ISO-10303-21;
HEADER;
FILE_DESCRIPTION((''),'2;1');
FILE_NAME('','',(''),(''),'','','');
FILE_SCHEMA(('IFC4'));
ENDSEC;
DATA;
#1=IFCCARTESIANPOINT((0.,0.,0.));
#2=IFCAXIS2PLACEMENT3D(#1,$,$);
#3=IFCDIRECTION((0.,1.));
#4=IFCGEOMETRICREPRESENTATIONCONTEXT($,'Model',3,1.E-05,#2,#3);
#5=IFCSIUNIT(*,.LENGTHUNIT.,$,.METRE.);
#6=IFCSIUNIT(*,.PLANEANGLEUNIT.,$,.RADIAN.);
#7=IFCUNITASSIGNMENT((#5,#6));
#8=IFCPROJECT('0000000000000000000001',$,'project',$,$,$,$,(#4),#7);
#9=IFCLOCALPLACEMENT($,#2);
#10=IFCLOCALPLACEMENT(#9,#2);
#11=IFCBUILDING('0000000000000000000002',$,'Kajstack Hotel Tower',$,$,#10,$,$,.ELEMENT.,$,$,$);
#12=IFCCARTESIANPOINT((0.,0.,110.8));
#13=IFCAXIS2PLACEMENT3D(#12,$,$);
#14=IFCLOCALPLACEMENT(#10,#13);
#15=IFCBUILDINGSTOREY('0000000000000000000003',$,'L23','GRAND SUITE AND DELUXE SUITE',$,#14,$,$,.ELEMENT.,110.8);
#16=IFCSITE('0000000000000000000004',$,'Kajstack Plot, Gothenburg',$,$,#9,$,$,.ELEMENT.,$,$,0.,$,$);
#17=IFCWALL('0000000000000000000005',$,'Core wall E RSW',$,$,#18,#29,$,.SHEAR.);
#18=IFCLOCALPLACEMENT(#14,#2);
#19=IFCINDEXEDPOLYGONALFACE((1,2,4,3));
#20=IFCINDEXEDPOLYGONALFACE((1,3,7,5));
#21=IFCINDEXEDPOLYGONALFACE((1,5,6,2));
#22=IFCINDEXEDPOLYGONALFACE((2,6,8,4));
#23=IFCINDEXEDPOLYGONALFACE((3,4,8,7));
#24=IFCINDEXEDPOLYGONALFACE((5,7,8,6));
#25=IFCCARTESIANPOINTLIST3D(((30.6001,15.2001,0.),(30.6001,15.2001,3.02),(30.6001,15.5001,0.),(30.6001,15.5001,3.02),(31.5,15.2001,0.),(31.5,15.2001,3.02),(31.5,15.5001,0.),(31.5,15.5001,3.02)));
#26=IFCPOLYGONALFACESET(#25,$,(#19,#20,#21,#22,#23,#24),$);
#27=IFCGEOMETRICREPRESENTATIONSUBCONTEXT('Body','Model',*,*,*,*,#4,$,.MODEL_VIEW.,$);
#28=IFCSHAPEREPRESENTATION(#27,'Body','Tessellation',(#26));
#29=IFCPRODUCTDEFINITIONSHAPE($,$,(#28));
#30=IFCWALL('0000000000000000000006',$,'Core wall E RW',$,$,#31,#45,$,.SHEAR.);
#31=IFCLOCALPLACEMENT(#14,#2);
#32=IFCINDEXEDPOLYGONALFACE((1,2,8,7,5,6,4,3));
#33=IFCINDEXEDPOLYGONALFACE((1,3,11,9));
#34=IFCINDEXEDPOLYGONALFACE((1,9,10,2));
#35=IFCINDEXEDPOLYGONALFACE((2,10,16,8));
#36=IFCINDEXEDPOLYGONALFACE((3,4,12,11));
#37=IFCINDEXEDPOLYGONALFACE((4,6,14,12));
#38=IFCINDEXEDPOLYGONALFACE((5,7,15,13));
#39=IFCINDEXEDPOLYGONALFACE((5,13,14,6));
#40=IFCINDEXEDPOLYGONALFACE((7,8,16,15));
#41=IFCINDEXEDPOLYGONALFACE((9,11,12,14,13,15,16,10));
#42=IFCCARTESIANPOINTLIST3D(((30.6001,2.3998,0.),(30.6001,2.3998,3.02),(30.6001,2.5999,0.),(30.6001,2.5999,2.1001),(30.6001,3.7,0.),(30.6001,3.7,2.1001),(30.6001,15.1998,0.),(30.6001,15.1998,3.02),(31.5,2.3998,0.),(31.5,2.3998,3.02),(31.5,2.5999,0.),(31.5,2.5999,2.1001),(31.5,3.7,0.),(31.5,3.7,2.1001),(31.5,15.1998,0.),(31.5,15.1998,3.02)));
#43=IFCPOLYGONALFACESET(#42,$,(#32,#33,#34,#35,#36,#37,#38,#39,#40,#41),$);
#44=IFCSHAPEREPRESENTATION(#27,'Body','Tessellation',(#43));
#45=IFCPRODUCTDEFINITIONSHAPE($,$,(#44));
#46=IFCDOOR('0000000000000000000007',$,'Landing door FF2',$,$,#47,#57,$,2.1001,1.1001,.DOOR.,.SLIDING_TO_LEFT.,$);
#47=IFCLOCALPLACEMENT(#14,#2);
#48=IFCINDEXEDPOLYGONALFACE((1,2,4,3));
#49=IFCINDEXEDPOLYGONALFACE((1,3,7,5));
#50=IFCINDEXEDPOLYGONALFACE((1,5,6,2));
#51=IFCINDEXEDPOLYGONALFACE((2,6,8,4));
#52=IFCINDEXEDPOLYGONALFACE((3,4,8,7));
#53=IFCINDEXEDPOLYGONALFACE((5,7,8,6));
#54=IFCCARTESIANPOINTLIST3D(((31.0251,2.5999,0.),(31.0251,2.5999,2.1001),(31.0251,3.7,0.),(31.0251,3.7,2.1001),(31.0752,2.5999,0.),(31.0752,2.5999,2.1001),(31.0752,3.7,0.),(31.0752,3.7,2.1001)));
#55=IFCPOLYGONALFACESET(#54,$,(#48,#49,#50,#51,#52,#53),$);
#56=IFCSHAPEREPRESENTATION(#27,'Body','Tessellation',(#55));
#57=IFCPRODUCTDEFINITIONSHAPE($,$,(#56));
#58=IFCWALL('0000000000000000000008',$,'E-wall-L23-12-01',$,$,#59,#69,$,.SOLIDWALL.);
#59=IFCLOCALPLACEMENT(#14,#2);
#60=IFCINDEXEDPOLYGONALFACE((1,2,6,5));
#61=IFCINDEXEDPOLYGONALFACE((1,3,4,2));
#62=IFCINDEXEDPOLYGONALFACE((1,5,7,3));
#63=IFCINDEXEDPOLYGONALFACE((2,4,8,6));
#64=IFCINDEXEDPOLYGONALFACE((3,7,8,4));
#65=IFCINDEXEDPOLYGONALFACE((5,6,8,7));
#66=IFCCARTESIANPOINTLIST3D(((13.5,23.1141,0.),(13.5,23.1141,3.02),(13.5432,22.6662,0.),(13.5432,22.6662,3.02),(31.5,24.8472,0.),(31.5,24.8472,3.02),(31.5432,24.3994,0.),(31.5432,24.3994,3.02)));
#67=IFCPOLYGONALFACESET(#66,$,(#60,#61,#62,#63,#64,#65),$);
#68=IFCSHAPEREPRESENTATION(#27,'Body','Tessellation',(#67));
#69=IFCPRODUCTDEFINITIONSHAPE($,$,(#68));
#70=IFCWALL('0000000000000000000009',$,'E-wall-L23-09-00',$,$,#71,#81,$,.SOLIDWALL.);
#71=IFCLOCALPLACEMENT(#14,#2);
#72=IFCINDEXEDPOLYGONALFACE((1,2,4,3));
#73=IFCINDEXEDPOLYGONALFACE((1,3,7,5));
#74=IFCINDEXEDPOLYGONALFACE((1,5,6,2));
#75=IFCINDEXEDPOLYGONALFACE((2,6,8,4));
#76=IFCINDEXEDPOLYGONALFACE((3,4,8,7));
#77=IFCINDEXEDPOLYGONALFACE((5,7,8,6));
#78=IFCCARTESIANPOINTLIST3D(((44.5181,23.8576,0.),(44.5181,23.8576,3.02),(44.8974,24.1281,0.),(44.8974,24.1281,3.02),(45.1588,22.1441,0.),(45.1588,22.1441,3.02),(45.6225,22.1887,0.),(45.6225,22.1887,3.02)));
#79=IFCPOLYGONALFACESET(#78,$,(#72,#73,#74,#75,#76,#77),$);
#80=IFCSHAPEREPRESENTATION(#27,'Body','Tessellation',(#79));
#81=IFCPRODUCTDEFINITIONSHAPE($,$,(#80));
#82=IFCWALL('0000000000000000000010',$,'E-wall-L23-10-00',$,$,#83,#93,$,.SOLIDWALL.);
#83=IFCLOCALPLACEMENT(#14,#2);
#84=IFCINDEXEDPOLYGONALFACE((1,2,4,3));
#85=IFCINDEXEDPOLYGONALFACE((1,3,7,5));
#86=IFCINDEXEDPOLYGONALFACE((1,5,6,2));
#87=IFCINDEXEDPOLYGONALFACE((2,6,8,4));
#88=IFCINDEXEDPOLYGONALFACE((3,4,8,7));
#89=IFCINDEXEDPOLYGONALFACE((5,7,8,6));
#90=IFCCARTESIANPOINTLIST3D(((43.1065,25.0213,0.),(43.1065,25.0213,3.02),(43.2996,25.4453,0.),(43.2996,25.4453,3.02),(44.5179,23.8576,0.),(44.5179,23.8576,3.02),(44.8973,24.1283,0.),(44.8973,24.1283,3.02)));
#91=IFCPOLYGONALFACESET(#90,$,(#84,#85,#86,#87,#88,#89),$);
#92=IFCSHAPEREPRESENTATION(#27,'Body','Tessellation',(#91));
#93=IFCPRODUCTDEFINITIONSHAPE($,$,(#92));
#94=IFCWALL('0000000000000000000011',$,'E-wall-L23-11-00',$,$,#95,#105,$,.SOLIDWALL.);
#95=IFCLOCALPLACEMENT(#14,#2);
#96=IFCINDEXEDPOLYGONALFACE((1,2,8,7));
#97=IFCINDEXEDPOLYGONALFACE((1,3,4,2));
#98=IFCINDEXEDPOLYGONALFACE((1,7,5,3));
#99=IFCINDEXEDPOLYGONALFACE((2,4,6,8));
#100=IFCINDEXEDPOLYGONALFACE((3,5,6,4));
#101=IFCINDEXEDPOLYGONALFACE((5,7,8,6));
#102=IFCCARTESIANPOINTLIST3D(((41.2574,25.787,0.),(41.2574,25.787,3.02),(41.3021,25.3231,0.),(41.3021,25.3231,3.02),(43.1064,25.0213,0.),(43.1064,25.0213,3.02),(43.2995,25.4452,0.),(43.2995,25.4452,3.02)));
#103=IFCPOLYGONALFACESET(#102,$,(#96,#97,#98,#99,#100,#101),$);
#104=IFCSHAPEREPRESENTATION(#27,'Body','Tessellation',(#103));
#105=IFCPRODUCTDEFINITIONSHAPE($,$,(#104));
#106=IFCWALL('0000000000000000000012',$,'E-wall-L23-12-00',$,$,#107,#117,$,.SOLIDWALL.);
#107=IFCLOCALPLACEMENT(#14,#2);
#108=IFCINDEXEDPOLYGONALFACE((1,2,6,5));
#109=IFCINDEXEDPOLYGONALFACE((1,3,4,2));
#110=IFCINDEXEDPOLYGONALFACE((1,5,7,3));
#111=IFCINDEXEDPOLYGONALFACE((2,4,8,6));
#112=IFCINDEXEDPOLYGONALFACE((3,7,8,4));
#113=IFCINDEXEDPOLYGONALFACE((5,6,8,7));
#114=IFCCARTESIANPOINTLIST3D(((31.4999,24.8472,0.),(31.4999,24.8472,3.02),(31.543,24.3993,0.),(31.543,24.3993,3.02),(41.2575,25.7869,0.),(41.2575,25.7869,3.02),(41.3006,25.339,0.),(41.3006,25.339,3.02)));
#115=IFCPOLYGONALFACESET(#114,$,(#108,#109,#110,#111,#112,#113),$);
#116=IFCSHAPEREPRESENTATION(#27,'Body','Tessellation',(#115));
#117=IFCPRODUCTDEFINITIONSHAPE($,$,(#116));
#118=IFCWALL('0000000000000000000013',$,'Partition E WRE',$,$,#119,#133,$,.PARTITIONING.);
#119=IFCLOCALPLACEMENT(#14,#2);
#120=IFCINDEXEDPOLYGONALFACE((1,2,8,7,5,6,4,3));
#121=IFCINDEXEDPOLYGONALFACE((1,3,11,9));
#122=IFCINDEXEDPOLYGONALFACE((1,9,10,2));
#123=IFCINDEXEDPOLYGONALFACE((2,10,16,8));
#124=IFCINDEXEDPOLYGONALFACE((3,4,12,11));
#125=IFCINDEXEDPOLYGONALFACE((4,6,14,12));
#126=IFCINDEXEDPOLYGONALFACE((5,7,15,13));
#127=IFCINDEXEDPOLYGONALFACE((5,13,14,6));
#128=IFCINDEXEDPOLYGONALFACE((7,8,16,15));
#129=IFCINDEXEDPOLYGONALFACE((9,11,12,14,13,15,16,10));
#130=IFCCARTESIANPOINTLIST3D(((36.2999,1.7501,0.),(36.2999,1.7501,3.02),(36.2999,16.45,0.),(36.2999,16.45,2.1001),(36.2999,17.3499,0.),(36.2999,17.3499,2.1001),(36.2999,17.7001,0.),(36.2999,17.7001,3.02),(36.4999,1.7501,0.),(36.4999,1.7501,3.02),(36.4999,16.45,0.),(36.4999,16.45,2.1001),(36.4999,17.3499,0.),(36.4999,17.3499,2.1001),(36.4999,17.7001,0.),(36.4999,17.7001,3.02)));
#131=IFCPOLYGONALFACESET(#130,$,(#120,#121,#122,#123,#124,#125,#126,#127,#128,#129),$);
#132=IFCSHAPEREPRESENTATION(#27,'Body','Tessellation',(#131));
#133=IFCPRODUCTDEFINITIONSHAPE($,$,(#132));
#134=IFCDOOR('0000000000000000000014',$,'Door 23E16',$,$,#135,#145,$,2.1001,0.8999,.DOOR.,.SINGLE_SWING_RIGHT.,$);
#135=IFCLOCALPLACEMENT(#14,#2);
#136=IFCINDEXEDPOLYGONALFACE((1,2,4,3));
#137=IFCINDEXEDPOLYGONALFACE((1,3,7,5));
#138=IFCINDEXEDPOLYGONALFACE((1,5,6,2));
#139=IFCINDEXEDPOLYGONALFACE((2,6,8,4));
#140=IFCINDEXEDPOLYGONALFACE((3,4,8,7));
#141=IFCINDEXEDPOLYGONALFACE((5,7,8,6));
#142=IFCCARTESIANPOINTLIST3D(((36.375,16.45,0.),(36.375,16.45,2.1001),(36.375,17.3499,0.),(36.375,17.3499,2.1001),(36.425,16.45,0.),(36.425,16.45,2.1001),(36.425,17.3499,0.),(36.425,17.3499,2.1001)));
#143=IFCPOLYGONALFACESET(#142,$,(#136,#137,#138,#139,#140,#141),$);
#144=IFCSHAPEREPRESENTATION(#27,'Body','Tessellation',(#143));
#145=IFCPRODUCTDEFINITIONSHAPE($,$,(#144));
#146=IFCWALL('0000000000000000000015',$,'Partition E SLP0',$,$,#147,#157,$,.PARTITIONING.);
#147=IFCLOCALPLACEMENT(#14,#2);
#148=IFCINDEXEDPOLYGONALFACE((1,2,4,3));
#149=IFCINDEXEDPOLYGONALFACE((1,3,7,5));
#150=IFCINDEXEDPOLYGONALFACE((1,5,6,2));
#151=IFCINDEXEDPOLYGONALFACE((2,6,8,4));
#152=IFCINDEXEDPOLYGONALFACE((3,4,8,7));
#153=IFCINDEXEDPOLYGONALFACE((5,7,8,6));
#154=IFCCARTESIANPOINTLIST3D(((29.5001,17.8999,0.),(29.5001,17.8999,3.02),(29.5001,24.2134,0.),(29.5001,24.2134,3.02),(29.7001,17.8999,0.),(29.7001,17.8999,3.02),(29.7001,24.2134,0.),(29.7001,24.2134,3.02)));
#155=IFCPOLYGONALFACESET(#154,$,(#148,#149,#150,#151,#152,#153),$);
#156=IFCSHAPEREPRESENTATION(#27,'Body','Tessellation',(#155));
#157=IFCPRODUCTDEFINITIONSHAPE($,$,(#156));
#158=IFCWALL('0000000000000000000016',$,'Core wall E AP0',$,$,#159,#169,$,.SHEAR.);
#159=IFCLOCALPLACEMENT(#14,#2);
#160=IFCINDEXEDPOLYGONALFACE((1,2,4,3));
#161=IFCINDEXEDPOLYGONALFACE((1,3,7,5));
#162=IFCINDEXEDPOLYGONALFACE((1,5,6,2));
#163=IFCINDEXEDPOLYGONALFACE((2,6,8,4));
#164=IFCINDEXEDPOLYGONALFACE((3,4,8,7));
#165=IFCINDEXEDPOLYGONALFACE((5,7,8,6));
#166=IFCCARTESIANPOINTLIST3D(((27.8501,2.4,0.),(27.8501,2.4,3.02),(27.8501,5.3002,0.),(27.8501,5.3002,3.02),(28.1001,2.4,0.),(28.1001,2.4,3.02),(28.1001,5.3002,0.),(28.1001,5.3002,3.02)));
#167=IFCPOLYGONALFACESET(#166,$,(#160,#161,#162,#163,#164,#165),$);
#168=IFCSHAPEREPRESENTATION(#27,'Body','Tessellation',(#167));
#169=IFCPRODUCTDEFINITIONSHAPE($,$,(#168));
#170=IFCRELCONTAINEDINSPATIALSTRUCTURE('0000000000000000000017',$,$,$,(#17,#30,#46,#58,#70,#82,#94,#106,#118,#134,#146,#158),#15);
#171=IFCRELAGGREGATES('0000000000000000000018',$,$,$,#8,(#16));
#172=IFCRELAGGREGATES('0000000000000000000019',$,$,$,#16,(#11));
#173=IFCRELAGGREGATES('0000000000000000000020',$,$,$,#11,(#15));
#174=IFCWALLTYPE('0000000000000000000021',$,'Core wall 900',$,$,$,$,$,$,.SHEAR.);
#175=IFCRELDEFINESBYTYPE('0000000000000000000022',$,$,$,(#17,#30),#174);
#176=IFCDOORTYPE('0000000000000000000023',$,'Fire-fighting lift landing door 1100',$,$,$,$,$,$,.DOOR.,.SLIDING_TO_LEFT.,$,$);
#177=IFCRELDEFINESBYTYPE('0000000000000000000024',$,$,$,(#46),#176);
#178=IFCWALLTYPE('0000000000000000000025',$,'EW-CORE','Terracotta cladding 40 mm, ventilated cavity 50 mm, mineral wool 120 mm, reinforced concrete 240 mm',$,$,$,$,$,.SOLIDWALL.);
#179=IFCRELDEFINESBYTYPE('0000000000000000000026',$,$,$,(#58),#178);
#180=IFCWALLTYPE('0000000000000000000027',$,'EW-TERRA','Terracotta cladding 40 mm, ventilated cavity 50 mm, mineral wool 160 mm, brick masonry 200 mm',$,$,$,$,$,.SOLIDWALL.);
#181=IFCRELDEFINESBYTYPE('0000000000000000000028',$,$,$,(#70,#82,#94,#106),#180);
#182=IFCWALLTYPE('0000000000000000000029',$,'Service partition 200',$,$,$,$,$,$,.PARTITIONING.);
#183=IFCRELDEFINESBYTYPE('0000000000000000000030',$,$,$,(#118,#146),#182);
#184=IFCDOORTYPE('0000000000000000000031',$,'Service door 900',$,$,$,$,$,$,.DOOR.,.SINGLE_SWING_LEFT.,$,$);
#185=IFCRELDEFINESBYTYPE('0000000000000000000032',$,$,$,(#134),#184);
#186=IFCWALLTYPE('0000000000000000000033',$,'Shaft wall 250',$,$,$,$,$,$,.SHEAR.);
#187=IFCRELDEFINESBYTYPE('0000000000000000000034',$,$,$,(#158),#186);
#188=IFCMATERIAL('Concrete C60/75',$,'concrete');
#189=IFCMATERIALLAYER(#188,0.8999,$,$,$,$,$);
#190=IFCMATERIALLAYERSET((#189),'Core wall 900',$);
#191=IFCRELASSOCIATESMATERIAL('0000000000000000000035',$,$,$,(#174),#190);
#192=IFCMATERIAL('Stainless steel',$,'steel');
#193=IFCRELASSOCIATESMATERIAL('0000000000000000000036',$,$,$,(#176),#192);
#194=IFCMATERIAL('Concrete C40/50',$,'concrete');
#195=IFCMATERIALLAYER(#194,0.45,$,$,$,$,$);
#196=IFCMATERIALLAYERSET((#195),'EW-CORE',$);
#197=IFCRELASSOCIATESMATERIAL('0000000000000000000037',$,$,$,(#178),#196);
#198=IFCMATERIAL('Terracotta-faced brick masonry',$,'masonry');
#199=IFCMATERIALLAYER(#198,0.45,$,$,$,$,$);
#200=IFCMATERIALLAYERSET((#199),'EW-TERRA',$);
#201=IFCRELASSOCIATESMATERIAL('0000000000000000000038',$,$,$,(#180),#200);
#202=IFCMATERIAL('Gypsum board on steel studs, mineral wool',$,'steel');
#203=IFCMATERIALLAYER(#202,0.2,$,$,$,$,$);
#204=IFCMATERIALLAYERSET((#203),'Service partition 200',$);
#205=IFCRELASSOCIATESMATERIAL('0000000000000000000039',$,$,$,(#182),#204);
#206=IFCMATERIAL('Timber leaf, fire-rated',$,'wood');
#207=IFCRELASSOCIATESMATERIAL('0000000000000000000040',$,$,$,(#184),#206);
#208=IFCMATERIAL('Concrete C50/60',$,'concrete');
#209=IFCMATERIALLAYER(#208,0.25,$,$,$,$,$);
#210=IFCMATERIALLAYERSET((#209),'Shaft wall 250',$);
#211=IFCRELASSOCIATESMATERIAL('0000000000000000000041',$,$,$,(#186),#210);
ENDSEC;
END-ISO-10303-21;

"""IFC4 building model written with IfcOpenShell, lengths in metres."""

from ifc_helpers import new_model, si_unit, direction, frame, frame_2d, origin, place, context, subcontext, project, spatial, polyline, rectangle, outline, extrude, material, layer, layer_set, type_object, element, fill, save


model = new_model("IFC4")

# Units and contexts
model_context = context("Model", 3, precision=1e-05, world=origin(), true_north=direction((0.0, 1.0)))
body_context = subcontext(model_context, "Body", "Model", "MODEL_VIEW")
ifc_project = project(units=[si_unit("LENGTHUNIT", "METRE"), si_unit("PLANEANGLEUNIT", "RADIAN")], contexts=[model_context])

# Site, building, storey
site_placement = place(None, origin())
site = spatial("IfcSite", under=ifc_project, at=site_placement, Name="Kajstack Plot, Gothenburg", CompositionType="ELEMENT", RefElevation=0.0)
building_placement = place(site_placement, origin())
building = spatial("IfcBuilding", under=site, at=building_placement, Name="Kajstack Hotel Tower", CompositionType="ELEMENT")
storey_placement = place(building_placement, frame((0.0, 0.0, 110.8)))
storey = spatial("IfcBuildingStorey", under=building, at=storey_placement, Name="L23", Description="GRAND SUITE AND DELUXE SUITE", CompositionType="ELEMENT", Elevation=110.8)

# Wall
ifc_material_1 = material(Name="Concrete C60/75", Category="concrete")
ifc_layer_1 = layer(ifc_material_1, 0.8999)
ifc_layer_set_1 = layer_set([ifc_layer_1], Name="Core wall 900")
wall_type_1 = type_object("IfcWallType", Name="Core wall 900", PredefinedType="SHEAR", material=ifc_layer_set_1)
wall_1_placement = place(storey_placement, frame((30.6001, 15.3501, 0.0), z_axis=(0.0, 0.0, 1.0), x_axis=(1.0, 0.0, 0.0)))
element("IfcWall", 1, at=wall_1_placement, inside=storey, type_object=wall_type_1, Name="Core wall E RSW", PredefinedType="SHEAR", context=body_context, shape_type="SweptSolid", body=[
    extrude(rectangle(XDim=0.8999, YDim=0.3, at=frame_2d((0.45, 0.0))), origin(), (0.0, 0.0, 1.0), 3.02),
])

# Wall, opening, door
wall_2_placement = place(storey_placement, frame((31.05, 2.3999, 0.0), z_axis=(0.0, 0.0, 1.0), x_axis=(0.0, 1.0, 0.0)))
wall_2 = element("IfcWall", 2, at=wall_2_placement, inside=storey, type_object=wall_type_1, Name="Core wall E RW", PredefinedType="SHEAR", context=body_context, shape_type="SweptSolid", body=[
    extrude(rectangle(XDim=12.8, YDim=0.8999, at=frame_2d((6.3999, 0.0))), origin(), (0.0, 0.0, 1.0), 3.02),
])
opening_1_placement = place(wall_2_placement, frame((0.2, 0.0, 0.0)))
opening_1 = element("IfcOpeningElement", 3, at=opening_1_placement, cuts=wall_2, PredefinedType="OPENING", context=body_context, shape_type="SweptSolid", body=[
    extrude(rectangle(XDim=1.1001, YDim=2.1001, at=frame_2d((0.55, 1.05))), frame((0.0, 0.46, 0.0), z_axis=(0.0, -1.0, 0.0), x_axis=(1.0, 0.0, 0.0)), (0.0, 0.0, 1.0), 0.9199),
])
ifc_material_2 = material(Name="Stainless steel", Category="steel")
door_type_1 = type_object("IfcDoorType", Name="Fire-fighting lift landing door 1100", OperationType="SLIDING_TO_LEFT", PredefinedType="DOOR", material=ifc_material_2)
door_1_placement = place(opening_1_placement, origin())
door_1 = element("IfcDoor", 4, at=door_1_placement, inside=storey, type_object=door_type_1, Name="Landing door FF2", OperationType="SLIDING_TO_LEFT", OverallHeight=2.1001, OverallWidth=1.1001, PredefinedType="DOOR", context=body_context, shape_type="SweptSolid", body=[
    extrude(rectangle(XDim=1.1001, YDim=2.1001, at=frame_2d((0.55, 1.05))), frame((0.0, 0.0249, 0.0), z_axis=(0.0, -1.0, 0.0), x_axis=(1.0, 0.0, 0.0)), (0.0, 0.0, 1.0), 0.05),
])
fill(opening_1, door_1)

# Walls
ifc_material_3 = material(Name="Concrete C40/50", Category="concrete")
ifc_layer_2 = layer(ifc_material_3, 0.45)
ifc_layer_set_2 = layer_set([ifc_layer_2], Name="EW-CORE")
wall_type_2 = type_object("IfcWallType", Name="EW-CORE", Description="Terracotta cladding 40 mm, ventilated cavity 50 mm, mineral wool 120 mm, reinforced concrete 240 mm", PredefinedType="SOLIDWALL", material=ifc_layer_set_2)
wall_3_placement = place(storey_placement, frame((31.5215, 24.6233, 0.0), z_axis=(0.0, 0.0, 1.0), x_axis=(-0.995396, -0.095843, 0.0)))
element("IfcWall", 5, at=wall_3_placement, inside=storey, type_object=wall_type_2, Name="E-wall-L23-12-01", PredefinedType="SOLIDWALL", context=body_context, shape_type="SweptSolid", body=[
    extrude(rectangle(XDim=18.0833, YDim=0.45, at=frame_2d((9.0415, 0.0))), origin(), (0.0, 0.0, 1.0), 3.02),
])
ifc_material_4 = material(Name="Terracotta-faced brick masonry", Category="masonry")
ifc_layer_3 = layer(ifc_material_4, 0.45)
ifc_layer_set_3 = layer_set([ifc_layer_3], Name="EW-TERRA")
wall_type_3 = type_object("IfcWallType", Name="EW-TERRA", Description="Terracotta cladding 40 mm, ventilated cavity 50 mm, mineral wool 160 mm, brick masonry 200 mm", PredefinedType="SOLIDWALL", material=ifc_layer_set_3)
wall_4_placement = place(storey_placement, frame((45.4116, 22.1099, 0.0), z_axis=(0.0, 0.0, 1.0), x_axis=(-0.350193, 0.936678, 0.0)))
element("IfcWall", 6, at=wall_4_placement, inside=storey, type_object=wall_type_3, Name="E-wall-L23-09-00", PredefinedType="SOLIDWALL", context=body_context, shape_type="SweptSolid", body=[
    extrude(outline(polyline([(0.0, -0.2251), (2.0706, -0.2251), (1.95, 0.2249), (0.1206, 0.2249), (0.0, -0.2251)])), origin(), (0.0, 0.0, 1.0), 3.02),
])
wall_5_placement = place(storey_placement, frame((44.7542, 23.9546, 0.0), z_axis=(0.0, 0.0, 1.0), x_axis=(-0.771651, 0.636046, 0.0)))
element("IfcWall", 7, at=wall_5_placement, inside=storey, type_object=wall_type_3, Name="E-wall-L23-10-00", PredefinedType="SOLIDWALL", context=body_context, shape_type="SweptSolid", body=[
    extrude(outline(polyline([(0.0, -0.2251), (2.0706, -0.2251), (1.95, 0.2249), (0.1206, 0.2251), (0.0, -0.2251)])), origin(), (0.0, 0.0, 1.0), 3.02),
])
wall_6_placement = place(storey_placement, frame((43.2625, 25.2234, 0.0), z_axis=(0.0, 0.0, 1.0), x_axis=(-0.986298, 0.164973, 0.0)))
element("IfcWall", 8, at=wall_6_placement, inside=storey, type_object=wall_type_3, Name="E-wall-L23-11-00", PredefinedType="SOLIDWALL", context=body_context, shape_type="SweptSolid", body=[
    extrude(outline(polyline([(0.0, -0.2249), (2.0706, -0.2251), (1.95, 0.2251), (0.1206, 0.2251), (0.0, -0.2249)])), origin(), (0.0, 0.0, 1.0), 3.02),
])
wall_7_placement = place(storey_placement, frame((41.2791, 25.563, 0.0), z_axis=(0.0, 0.0, 1.0), x_axis=(-0.995395, -0.095861, 0.0)))
element("IfcWall", 9, at=wall_7_placement, inside=storey, type_object=wall_type_3, Name="E-wall-L23-12-00", PredefinedType="SOLIDWALL", context=body_context, shape_type="SweptSolid", body=[
    extrude(rectangle(XDim=9.8027, YDim=0.45, at=frame_2d((4.9014, 0.0))), origin(), (0.0, 0.0, 1.0), 3.02),
])

# Wall, opening, door
ifc_material_5 = material(Name="Gypsum board on steel studs, mineral wool", Category="steel")
ifc_layer_4 = layer(ifc_material_5, 0.2)
ifc_layer_set_4 = layer_set([ifc_layer_4], Name="Service partition 200")
wall_type_4 = type_object("IfcWallType", Name="Service partition 200", PredefinedType="PARTITIONING", material=ifc_layer_set_4)
wall_8_placement = place(storey_placement, frame((36.3999, 1.75, 0.0), z_axis=(0.0, 0.0, 1.0), x_axis=(0.0, 1.0, 0.0)))
wall_8 = element("IfcWall", 10, at=wall_8_placement, inside=storey, type_object=wall_type_4, Name="Partition E WRE", PredefinedType="PARTITIONING", context=body_context, shape_type="SweptSolid", body=[
    extrude(rectangle(XDim=15.95, YDim=0.2, at=frame_2d((7.9751, 0.0))), origin(), (0.0, 0.0, 1.0), 3.02),
])
opening_2_placement = place(wall_8_placement, frame((14.7, 0.0, 0.0)))
opening_2 = element("IfcOpeningElement", 11, at=opening_2_placement, cuts=wall_8, PredefinedType="OPENING", context=body_context, shape_type="SweptSolid", body=[
    extrude(rectangle(XDim=0.8999, YDim=2.1001, at=frame_2d((0.45, 1.05))), frame((0.0, 0.1099, 0.0), z_axis=(0.0, -1.0, 0.0), x_axis=(1.0, 0.0, 0.0)), (0.0, 0.0, 1.0), 0.22),
])
ifc_material_6 = material(Name="Timber leaf, fire-rated", Category="wood")
door_type_2 = type_object("IfcDoorType", Name="Service door 900", OperationType="SINGLE_SWING_LEFT", PredefinedType="DOOR", material=ifc_material_6)
door_2_placement = place(opening_2_placement, origin())
door_2 = element("IfcDoor", 12, at=door_2_placement, inside=storey, type_object=door_type_2, Name="Door 23E16", OperationType="SINGLE_SWING_RIGHT", OverallHeight=2.1001, OverallWidth=0.8999, PredefinedType="DOOR", context=body_context, shape_type="SweptSolid", body=[
    extrude(rectangle(XDim=0.8999, YDim=2.1001, at=frame_2d((0.45, 1.05))), frame((0.0, 0.0249, 0.0), z_axis=(0.0, -1.0, 0.0), x_axis=(1.0, 0.0, 0.0)), (0.0, 0.0, 1.0), 0.05),
])
fill(opening_2, door_2)

# Walls
wall_9_placement = place(storey_placement, frame((29.6001, 17.8999, 0.0), z_axis=(0.0, 0.0, 1.0), x_axis=(0.0, 1.0, 0.0)))
element("IfcWall", 13, at=wall_9_placement, inside=storey, type_object=wall_type_4, Name="Partition E SLP0", PredefinedType="PARTITIONING", context=body_context, shape_type="SweptSolid", body=[
    extrude(rectangle(XDim=6.3135, YDim=0.2, at=frame_2d((3.1567, 0.0))), origin(), (0.0, 0.0, 1.0), 3.02),
])
ifc_material_7 = material(Name="Concrete C50/60", Category="concrete")
ifc_layer_5 = layer(ifc_material_7, 0.25)
ifc_layer_set_5 = layer_set([ifc_layer_5], Name="Shaft wall 250")
wall_type_5 = type_object("IfcWallType", Name="Shaft wall 250", PredefinedType="SHEAR", material=ifc_layer_set_5)
wall_10_placement = place(storey_placement, frame((27.9751, 2.3999, 0.0), z_axis=(0.0, 0.0, 1.0), x_axis=(0.0, 1.0, 0.0)))
element("IfcWall", 14, at=wall_10_placement, inside=storey, type_object=wall_type_5, Name="Core wall E AP0", PredefinedType="SHEAR", context=body_context, shape_type="SweptSolid", body=[
    extrude(rectangle(XDim=2.9001, YDim=0.25, at=frame_2d((1.4502, 0.0))), origin(), (0.0, 0.0, 1.0), 3.02),
])

save(model, "model.ifc")
